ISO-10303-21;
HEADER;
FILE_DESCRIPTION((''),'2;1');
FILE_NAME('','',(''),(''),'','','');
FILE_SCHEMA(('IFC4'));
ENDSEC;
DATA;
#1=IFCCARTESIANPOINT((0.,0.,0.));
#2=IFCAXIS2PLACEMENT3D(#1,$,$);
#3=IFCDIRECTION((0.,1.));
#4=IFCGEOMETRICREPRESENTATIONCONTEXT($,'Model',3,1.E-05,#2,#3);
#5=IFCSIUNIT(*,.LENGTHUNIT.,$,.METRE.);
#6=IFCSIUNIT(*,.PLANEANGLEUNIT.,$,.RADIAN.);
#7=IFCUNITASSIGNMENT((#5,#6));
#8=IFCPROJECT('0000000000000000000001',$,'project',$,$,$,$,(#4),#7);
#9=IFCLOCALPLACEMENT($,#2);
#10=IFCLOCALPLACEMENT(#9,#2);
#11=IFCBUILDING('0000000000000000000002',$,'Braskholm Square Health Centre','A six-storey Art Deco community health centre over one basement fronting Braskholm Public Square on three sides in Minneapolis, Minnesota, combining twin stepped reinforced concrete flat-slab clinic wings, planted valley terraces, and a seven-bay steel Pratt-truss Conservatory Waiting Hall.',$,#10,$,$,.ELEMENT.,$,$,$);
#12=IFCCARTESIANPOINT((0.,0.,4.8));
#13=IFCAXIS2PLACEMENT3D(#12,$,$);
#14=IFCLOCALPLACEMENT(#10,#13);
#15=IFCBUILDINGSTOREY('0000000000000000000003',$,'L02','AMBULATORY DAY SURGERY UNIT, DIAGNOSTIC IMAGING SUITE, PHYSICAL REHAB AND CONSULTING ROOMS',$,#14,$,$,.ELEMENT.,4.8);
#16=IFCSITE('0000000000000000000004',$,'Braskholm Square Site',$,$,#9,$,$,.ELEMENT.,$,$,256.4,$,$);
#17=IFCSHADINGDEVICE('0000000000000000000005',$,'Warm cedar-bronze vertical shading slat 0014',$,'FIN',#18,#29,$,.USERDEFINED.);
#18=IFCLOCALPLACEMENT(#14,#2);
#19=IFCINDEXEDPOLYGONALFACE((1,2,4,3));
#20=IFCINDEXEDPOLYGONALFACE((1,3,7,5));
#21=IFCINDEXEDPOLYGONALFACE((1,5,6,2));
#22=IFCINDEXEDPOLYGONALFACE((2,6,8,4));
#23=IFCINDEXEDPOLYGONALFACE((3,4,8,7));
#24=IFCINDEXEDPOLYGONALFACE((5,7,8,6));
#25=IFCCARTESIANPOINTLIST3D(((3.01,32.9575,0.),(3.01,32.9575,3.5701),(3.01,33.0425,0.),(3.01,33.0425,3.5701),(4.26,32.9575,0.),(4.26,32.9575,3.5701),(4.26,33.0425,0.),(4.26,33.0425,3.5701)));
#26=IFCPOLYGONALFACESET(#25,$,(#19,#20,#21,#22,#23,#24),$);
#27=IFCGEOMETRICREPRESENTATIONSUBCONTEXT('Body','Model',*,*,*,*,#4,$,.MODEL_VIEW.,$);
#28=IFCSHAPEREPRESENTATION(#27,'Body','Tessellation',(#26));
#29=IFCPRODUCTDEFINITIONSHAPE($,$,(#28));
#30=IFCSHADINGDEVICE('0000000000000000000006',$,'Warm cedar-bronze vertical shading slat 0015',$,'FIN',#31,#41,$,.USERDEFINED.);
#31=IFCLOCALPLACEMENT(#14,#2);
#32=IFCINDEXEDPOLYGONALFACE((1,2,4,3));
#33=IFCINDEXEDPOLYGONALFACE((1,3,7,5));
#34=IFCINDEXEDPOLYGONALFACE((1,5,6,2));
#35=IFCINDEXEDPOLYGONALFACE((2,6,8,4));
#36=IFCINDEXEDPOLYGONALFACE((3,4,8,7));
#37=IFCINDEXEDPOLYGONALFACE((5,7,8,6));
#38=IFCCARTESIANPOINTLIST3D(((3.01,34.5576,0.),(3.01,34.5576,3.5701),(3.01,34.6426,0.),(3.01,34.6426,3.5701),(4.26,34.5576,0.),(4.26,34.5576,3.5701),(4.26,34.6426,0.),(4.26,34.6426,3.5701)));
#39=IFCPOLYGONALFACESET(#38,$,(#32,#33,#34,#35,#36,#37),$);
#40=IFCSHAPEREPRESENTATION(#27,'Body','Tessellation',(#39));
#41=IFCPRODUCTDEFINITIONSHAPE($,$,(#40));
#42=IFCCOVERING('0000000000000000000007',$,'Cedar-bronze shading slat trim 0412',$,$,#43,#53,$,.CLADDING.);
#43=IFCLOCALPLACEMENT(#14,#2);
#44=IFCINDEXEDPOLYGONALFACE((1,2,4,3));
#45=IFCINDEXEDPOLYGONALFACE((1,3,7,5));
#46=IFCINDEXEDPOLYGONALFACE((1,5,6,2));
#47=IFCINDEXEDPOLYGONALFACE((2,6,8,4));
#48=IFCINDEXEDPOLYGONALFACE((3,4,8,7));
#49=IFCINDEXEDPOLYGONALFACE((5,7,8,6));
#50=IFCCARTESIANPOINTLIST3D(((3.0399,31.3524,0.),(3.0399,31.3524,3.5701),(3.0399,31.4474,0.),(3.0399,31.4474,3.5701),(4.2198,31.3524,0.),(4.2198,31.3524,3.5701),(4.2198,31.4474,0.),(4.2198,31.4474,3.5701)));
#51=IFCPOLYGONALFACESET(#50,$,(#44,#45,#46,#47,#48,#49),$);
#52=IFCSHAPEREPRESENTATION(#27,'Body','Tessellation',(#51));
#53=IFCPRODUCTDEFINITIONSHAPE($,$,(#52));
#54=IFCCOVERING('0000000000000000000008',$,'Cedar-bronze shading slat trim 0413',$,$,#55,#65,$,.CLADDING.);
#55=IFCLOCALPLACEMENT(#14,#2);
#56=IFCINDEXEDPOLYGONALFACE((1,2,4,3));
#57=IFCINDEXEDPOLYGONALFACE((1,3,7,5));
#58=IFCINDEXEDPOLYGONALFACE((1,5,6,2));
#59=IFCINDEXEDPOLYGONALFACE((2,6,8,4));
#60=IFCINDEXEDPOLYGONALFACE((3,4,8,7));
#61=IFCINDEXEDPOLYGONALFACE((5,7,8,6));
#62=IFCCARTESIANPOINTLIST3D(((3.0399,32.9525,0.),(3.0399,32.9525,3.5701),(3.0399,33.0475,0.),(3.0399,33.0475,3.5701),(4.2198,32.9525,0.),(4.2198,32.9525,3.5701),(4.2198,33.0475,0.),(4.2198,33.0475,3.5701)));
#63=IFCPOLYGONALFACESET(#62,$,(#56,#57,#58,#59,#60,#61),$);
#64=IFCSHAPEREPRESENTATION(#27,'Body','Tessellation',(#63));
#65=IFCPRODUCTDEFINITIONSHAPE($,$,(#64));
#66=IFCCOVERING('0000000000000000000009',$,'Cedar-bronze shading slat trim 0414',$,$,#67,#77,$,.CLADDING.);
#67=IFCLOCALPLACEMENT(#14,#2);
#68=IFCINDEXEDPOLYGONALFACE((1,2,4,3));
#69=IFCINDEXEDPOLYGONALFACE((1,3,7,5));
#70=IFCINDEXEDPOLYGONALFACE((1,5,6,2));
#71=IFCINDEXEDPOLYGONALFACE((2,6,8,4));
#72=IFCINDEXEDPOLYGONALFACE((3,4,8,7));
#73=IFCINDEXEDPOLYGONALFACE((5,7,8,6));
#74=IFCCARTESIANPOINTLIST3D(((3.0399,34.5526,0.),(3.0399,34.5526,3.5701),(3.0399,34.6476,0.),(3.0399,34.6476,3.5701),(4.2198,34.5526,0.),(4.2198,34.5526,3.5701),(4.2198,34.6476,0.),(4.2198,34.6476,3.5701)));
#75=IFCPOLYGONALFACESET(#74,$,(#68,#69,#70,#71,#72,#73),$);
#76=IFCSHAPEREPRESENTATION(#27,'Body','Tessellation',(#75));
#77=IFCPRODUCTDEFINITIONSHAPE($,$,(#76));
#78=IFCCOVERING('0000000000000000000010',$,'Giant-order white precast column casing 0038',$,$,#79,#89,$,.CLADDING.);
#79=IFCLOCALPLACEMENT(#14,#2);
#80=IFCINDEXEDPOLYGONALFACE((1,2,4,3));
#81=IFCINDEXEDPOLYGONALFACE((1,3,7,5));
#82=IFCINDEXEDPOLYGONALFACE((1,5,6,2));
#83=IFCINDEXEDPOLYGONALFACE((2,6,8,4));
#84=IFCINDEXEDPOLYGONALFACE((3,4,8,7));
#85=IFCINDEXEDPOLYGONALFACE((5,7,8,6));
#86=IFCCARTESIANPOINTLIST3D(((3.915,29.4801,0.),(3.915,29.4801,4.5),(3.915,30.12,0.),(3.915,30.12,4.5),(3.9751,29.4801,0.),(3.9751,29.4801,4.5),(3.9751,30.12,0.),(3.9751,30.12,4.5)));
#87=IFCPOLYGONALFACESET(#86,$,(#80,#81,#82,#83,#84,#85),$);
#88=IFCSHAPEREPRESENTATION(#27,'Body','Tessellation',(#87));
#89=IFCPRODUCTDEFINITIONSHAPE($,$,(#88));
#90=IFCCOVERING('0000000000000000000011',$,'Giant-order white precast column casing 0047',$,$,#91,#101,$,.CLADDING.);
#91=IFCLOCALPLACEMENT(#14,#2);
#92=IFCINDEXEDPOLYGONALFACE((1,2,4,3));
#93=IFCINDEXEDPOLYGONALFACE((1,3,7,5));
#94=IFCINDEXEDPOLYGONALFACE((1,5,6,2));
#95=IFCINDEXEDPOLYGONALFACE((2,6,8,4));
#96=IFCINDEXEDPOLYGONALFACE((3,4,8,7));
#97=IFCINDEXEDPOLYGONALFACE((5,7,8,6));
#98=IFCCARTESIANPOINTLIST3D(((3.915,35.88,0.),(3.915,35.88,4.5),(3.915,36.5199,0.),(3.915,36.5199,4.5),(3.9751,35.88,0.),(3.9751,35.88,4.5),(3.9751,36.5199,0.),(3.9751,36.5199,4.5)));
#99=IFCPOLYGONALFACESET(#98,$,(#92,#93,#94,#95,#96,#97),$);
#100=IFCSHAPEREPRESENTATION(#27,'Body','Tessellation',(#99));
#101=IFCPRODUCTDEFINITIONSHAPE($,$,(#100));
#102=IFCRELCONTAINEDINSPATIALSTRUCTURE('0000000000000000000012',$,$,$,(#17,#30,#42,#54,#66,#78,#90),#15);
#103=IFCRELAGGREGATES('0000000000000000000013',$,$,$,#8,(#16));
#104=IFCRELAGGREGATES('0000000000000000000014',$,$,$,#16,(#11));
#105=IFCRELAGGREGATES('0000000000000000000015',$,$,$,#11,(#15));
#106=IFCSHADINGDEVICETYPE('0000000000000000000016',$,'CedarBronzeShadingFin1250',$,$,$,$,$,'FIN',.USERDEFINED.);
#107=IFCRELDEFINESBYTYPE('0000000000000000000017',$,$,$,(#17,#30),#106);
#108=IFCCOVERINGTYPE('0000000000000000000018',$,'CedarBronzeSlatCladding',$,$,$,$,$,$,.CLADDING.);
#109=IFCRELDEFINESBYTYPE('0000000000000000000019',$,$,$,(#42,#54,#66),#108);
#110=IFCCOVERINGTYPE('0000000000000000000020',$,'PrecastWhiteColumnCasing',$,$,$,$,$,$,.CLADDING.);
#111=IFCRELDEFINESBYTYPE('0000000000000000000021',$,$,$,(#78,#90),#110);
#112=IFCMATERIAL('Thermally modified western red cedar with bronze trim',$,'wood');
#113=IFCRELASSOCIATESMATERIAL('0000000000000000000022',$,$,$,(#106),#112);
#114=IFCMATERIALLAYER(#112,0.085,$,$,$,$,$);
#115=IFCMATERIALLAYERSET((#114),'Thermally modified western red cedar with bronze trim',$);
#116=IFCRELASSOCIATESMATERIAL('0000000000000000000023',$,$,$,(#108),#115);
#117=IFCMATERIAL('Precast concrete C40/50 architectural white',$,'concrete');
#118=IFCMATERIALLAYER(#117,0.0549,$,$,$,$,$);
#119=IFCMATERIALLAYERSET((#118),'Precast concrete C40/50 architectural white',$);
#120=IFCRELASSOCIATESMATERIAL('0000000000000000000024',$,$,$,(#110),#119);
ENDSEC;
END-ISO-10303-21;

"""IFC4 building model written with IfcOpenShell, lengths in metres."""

from ifc_helpers import new_model, si_unit, direction, frame, origin, origin_2d, place, context, subcontext, project, spatial, rectangle, extrude, material, layer, layer_set, type_object, element, save


model = new_model("IFC4")

# Units and contexts
model_context = context("Model", 3, precision=1e-05, world=origin(), true_north=direction((0.0, 1.0)))
body_context = subcontext(model_context, "Body", "Model", "MODEL_VIEW")
ifc_project = project(units=[si_unit("LENGTHUNIT", "METRE"), si_unit("PLANEANGLEUNIT", "RADIAN")], contexts=[model_context])

# Site, building, storey
site_placement = place(None, origin())
site = spatial("IfcSite", under=ifc_project, at=site_placement, Name="Braskholm Square Site", CompositionType="ELEMENT", RefElevation=256.4)
building_placement = place(site_placement, origin())
building = spatial("IfcBuilding", under=site, at=building_placement, Name="Braskholm Square Health Centre", Description="A six-storey Art Deco community health centre over one basement fronting Braskholm Public Square on three sides in Minneapolis, Minnesota, combining twin stepped reinforced concrete flat-slab clinic wings, planted valley terraces, and a seven-bay steel Pratt-truss Conservatory Waiting Hall.", CompositionType="ELEMENT")
storey_placement = place(building_placement, frame((0.0, 0.0, 4.8)))
storey = spatial("IfcBuildingStorey", under=building, at=storey_placement, Name="L02", Description="AMBULATORY DAY SURGERY UNIT, DIAGNOSTIC IMAGING SUITE, PHYSICAL REHAB AND CONSULTING ROOMS", CompositionType="ELEMENT", Elevation=4.8)

# Shared definitions
ifc_material_1 = material(Name="Precast concrete C40/50 architectural white", Category="concrete")

# Shading devices
ifc_material_2 = material(Name="Thermally modified western red cedar with bronze trim", Category="wood")
shading_device_type = type_object("IfcShadingDeviceType", Name="CedarBronzeShadingFin1250", ElementType="FIN", PredefinedType="USERDEFINED", material=ifc_material_2)
for number, where, z_axis, x_axis, name in (
    (1, (3.635, 33.0, 0.0), (0.0, 0.0, 1.0), (1.0, 0.0, 0.0), "Warm cedar-bronze vertical shading slat 0014"),
    (2, (3.635, 34.6001, 0.0), (0.0, 0.0, 1.0), (1.0, 0.0, 0.0), "Warm cedar-bronze vertical shading slat 0015"),
):
    element("IfcShadingDevice", number, at=place(storey_placement, frame(where, z_axis=z_axis, x_axis=x_axis)), inside=storey, type_object=shading_device_type, Name=name, ObjectType="FIN", PredefinedType="USERDEFINED", context=body_context, shape_type="SweptSolid", body=[
        extrude(rectangle(XDim=1.25, YDim=0.085, at=origin_2d()), origin(), (0.0, 0.0, 1.0), 3.5701),
    ])

# Coverings
ifc_layer_1 = layer(ifc_material_2, 0.085)
ifc_layer_set_1 = layer_set([ifc_layer_1], Name="Thermally modified western red cedar with bronze trim")
covering_type_1 = type_object("IfcCoveringType", Name="CedarBronzeSlatCladding", PredefinedType="CLADDING", material=ifc_layer_set_1)
for number, where, z_axis, x_axis, name in (
    (3, (3.6299, 31.3999, 0.0), (0.0, 0.0, 1.0), (1.0, 0.0, 0.0), "Cedar-bronze shading slat trim 0412"),
    (4, (3.6299, 33.0, 0.0), (0.0, 0.0, 1.0), (1.0, 0.0, 0.0), "Cedar-bronze shading slat trim 0413"),
    (5, (3.6299, 34.6001, 0.0), (0.0, 0.0, 1.0), (1.0, 0.0, 0.0), "Cedar-bronze shading slat trim 0414"),
):
    element("IfcCovering", number, at=place(storey_placement, frame(where, z_axis=z_axis, x_axis=x_axis)), inside=storey, type_object=covering_type_1, Name=name, PredefinedType="CLADDING", context=body_context, shape_type="SweptSolid", body=[
        extrude(rectangle(XDim=1.1799, YDim=0.095, at=origin_2d()), origin(), (0.0, 0.0, 1.0), 3.5701),
    ])
ifc_layer_2 = layer(ifc_material_1, 0.0549)
ifc_layer_set_2 = layer_set([ifc_layer_2], Name="Precast concrete C40/50 architectural white")
covering_type_2 = type_object("IfcCoveringType", Name="PrecastWhiteColumnCasing", PredefinedType="CLADDING", material=ifc_layer_set_2)
for number, where, z_axis, x_axis, name in (
    (6, (3.9451, 29.8, 0.0), (0.0, 0.0, 1.0), (1.0, 0.0, 0.0), "Giant-order white precast column casing 0038"),
    (7, (3.9451, 36.2, 0.0), (0.0, 0.0, 1.0), (1.0, 0.0, 0.0), "Giant-order white precast column casing 0047"),
):
    element("IfcCovering", number, at=place(storey_placement, frame(where, z_axis=z_axis, x_axis=x_axis)), inside=storey, type_object=covering_type_2, Name=name, PredefinedType="CLADDING", context=body_context, shape_type="SweptSolid", body=[
        extrude(rectangle(XDim=0.0601, YDim=0.6399, at=origin_2d()), origin(), (0.0, 0.0, 1.0), 4.5),
    ])

save(model, "model.ifc")
